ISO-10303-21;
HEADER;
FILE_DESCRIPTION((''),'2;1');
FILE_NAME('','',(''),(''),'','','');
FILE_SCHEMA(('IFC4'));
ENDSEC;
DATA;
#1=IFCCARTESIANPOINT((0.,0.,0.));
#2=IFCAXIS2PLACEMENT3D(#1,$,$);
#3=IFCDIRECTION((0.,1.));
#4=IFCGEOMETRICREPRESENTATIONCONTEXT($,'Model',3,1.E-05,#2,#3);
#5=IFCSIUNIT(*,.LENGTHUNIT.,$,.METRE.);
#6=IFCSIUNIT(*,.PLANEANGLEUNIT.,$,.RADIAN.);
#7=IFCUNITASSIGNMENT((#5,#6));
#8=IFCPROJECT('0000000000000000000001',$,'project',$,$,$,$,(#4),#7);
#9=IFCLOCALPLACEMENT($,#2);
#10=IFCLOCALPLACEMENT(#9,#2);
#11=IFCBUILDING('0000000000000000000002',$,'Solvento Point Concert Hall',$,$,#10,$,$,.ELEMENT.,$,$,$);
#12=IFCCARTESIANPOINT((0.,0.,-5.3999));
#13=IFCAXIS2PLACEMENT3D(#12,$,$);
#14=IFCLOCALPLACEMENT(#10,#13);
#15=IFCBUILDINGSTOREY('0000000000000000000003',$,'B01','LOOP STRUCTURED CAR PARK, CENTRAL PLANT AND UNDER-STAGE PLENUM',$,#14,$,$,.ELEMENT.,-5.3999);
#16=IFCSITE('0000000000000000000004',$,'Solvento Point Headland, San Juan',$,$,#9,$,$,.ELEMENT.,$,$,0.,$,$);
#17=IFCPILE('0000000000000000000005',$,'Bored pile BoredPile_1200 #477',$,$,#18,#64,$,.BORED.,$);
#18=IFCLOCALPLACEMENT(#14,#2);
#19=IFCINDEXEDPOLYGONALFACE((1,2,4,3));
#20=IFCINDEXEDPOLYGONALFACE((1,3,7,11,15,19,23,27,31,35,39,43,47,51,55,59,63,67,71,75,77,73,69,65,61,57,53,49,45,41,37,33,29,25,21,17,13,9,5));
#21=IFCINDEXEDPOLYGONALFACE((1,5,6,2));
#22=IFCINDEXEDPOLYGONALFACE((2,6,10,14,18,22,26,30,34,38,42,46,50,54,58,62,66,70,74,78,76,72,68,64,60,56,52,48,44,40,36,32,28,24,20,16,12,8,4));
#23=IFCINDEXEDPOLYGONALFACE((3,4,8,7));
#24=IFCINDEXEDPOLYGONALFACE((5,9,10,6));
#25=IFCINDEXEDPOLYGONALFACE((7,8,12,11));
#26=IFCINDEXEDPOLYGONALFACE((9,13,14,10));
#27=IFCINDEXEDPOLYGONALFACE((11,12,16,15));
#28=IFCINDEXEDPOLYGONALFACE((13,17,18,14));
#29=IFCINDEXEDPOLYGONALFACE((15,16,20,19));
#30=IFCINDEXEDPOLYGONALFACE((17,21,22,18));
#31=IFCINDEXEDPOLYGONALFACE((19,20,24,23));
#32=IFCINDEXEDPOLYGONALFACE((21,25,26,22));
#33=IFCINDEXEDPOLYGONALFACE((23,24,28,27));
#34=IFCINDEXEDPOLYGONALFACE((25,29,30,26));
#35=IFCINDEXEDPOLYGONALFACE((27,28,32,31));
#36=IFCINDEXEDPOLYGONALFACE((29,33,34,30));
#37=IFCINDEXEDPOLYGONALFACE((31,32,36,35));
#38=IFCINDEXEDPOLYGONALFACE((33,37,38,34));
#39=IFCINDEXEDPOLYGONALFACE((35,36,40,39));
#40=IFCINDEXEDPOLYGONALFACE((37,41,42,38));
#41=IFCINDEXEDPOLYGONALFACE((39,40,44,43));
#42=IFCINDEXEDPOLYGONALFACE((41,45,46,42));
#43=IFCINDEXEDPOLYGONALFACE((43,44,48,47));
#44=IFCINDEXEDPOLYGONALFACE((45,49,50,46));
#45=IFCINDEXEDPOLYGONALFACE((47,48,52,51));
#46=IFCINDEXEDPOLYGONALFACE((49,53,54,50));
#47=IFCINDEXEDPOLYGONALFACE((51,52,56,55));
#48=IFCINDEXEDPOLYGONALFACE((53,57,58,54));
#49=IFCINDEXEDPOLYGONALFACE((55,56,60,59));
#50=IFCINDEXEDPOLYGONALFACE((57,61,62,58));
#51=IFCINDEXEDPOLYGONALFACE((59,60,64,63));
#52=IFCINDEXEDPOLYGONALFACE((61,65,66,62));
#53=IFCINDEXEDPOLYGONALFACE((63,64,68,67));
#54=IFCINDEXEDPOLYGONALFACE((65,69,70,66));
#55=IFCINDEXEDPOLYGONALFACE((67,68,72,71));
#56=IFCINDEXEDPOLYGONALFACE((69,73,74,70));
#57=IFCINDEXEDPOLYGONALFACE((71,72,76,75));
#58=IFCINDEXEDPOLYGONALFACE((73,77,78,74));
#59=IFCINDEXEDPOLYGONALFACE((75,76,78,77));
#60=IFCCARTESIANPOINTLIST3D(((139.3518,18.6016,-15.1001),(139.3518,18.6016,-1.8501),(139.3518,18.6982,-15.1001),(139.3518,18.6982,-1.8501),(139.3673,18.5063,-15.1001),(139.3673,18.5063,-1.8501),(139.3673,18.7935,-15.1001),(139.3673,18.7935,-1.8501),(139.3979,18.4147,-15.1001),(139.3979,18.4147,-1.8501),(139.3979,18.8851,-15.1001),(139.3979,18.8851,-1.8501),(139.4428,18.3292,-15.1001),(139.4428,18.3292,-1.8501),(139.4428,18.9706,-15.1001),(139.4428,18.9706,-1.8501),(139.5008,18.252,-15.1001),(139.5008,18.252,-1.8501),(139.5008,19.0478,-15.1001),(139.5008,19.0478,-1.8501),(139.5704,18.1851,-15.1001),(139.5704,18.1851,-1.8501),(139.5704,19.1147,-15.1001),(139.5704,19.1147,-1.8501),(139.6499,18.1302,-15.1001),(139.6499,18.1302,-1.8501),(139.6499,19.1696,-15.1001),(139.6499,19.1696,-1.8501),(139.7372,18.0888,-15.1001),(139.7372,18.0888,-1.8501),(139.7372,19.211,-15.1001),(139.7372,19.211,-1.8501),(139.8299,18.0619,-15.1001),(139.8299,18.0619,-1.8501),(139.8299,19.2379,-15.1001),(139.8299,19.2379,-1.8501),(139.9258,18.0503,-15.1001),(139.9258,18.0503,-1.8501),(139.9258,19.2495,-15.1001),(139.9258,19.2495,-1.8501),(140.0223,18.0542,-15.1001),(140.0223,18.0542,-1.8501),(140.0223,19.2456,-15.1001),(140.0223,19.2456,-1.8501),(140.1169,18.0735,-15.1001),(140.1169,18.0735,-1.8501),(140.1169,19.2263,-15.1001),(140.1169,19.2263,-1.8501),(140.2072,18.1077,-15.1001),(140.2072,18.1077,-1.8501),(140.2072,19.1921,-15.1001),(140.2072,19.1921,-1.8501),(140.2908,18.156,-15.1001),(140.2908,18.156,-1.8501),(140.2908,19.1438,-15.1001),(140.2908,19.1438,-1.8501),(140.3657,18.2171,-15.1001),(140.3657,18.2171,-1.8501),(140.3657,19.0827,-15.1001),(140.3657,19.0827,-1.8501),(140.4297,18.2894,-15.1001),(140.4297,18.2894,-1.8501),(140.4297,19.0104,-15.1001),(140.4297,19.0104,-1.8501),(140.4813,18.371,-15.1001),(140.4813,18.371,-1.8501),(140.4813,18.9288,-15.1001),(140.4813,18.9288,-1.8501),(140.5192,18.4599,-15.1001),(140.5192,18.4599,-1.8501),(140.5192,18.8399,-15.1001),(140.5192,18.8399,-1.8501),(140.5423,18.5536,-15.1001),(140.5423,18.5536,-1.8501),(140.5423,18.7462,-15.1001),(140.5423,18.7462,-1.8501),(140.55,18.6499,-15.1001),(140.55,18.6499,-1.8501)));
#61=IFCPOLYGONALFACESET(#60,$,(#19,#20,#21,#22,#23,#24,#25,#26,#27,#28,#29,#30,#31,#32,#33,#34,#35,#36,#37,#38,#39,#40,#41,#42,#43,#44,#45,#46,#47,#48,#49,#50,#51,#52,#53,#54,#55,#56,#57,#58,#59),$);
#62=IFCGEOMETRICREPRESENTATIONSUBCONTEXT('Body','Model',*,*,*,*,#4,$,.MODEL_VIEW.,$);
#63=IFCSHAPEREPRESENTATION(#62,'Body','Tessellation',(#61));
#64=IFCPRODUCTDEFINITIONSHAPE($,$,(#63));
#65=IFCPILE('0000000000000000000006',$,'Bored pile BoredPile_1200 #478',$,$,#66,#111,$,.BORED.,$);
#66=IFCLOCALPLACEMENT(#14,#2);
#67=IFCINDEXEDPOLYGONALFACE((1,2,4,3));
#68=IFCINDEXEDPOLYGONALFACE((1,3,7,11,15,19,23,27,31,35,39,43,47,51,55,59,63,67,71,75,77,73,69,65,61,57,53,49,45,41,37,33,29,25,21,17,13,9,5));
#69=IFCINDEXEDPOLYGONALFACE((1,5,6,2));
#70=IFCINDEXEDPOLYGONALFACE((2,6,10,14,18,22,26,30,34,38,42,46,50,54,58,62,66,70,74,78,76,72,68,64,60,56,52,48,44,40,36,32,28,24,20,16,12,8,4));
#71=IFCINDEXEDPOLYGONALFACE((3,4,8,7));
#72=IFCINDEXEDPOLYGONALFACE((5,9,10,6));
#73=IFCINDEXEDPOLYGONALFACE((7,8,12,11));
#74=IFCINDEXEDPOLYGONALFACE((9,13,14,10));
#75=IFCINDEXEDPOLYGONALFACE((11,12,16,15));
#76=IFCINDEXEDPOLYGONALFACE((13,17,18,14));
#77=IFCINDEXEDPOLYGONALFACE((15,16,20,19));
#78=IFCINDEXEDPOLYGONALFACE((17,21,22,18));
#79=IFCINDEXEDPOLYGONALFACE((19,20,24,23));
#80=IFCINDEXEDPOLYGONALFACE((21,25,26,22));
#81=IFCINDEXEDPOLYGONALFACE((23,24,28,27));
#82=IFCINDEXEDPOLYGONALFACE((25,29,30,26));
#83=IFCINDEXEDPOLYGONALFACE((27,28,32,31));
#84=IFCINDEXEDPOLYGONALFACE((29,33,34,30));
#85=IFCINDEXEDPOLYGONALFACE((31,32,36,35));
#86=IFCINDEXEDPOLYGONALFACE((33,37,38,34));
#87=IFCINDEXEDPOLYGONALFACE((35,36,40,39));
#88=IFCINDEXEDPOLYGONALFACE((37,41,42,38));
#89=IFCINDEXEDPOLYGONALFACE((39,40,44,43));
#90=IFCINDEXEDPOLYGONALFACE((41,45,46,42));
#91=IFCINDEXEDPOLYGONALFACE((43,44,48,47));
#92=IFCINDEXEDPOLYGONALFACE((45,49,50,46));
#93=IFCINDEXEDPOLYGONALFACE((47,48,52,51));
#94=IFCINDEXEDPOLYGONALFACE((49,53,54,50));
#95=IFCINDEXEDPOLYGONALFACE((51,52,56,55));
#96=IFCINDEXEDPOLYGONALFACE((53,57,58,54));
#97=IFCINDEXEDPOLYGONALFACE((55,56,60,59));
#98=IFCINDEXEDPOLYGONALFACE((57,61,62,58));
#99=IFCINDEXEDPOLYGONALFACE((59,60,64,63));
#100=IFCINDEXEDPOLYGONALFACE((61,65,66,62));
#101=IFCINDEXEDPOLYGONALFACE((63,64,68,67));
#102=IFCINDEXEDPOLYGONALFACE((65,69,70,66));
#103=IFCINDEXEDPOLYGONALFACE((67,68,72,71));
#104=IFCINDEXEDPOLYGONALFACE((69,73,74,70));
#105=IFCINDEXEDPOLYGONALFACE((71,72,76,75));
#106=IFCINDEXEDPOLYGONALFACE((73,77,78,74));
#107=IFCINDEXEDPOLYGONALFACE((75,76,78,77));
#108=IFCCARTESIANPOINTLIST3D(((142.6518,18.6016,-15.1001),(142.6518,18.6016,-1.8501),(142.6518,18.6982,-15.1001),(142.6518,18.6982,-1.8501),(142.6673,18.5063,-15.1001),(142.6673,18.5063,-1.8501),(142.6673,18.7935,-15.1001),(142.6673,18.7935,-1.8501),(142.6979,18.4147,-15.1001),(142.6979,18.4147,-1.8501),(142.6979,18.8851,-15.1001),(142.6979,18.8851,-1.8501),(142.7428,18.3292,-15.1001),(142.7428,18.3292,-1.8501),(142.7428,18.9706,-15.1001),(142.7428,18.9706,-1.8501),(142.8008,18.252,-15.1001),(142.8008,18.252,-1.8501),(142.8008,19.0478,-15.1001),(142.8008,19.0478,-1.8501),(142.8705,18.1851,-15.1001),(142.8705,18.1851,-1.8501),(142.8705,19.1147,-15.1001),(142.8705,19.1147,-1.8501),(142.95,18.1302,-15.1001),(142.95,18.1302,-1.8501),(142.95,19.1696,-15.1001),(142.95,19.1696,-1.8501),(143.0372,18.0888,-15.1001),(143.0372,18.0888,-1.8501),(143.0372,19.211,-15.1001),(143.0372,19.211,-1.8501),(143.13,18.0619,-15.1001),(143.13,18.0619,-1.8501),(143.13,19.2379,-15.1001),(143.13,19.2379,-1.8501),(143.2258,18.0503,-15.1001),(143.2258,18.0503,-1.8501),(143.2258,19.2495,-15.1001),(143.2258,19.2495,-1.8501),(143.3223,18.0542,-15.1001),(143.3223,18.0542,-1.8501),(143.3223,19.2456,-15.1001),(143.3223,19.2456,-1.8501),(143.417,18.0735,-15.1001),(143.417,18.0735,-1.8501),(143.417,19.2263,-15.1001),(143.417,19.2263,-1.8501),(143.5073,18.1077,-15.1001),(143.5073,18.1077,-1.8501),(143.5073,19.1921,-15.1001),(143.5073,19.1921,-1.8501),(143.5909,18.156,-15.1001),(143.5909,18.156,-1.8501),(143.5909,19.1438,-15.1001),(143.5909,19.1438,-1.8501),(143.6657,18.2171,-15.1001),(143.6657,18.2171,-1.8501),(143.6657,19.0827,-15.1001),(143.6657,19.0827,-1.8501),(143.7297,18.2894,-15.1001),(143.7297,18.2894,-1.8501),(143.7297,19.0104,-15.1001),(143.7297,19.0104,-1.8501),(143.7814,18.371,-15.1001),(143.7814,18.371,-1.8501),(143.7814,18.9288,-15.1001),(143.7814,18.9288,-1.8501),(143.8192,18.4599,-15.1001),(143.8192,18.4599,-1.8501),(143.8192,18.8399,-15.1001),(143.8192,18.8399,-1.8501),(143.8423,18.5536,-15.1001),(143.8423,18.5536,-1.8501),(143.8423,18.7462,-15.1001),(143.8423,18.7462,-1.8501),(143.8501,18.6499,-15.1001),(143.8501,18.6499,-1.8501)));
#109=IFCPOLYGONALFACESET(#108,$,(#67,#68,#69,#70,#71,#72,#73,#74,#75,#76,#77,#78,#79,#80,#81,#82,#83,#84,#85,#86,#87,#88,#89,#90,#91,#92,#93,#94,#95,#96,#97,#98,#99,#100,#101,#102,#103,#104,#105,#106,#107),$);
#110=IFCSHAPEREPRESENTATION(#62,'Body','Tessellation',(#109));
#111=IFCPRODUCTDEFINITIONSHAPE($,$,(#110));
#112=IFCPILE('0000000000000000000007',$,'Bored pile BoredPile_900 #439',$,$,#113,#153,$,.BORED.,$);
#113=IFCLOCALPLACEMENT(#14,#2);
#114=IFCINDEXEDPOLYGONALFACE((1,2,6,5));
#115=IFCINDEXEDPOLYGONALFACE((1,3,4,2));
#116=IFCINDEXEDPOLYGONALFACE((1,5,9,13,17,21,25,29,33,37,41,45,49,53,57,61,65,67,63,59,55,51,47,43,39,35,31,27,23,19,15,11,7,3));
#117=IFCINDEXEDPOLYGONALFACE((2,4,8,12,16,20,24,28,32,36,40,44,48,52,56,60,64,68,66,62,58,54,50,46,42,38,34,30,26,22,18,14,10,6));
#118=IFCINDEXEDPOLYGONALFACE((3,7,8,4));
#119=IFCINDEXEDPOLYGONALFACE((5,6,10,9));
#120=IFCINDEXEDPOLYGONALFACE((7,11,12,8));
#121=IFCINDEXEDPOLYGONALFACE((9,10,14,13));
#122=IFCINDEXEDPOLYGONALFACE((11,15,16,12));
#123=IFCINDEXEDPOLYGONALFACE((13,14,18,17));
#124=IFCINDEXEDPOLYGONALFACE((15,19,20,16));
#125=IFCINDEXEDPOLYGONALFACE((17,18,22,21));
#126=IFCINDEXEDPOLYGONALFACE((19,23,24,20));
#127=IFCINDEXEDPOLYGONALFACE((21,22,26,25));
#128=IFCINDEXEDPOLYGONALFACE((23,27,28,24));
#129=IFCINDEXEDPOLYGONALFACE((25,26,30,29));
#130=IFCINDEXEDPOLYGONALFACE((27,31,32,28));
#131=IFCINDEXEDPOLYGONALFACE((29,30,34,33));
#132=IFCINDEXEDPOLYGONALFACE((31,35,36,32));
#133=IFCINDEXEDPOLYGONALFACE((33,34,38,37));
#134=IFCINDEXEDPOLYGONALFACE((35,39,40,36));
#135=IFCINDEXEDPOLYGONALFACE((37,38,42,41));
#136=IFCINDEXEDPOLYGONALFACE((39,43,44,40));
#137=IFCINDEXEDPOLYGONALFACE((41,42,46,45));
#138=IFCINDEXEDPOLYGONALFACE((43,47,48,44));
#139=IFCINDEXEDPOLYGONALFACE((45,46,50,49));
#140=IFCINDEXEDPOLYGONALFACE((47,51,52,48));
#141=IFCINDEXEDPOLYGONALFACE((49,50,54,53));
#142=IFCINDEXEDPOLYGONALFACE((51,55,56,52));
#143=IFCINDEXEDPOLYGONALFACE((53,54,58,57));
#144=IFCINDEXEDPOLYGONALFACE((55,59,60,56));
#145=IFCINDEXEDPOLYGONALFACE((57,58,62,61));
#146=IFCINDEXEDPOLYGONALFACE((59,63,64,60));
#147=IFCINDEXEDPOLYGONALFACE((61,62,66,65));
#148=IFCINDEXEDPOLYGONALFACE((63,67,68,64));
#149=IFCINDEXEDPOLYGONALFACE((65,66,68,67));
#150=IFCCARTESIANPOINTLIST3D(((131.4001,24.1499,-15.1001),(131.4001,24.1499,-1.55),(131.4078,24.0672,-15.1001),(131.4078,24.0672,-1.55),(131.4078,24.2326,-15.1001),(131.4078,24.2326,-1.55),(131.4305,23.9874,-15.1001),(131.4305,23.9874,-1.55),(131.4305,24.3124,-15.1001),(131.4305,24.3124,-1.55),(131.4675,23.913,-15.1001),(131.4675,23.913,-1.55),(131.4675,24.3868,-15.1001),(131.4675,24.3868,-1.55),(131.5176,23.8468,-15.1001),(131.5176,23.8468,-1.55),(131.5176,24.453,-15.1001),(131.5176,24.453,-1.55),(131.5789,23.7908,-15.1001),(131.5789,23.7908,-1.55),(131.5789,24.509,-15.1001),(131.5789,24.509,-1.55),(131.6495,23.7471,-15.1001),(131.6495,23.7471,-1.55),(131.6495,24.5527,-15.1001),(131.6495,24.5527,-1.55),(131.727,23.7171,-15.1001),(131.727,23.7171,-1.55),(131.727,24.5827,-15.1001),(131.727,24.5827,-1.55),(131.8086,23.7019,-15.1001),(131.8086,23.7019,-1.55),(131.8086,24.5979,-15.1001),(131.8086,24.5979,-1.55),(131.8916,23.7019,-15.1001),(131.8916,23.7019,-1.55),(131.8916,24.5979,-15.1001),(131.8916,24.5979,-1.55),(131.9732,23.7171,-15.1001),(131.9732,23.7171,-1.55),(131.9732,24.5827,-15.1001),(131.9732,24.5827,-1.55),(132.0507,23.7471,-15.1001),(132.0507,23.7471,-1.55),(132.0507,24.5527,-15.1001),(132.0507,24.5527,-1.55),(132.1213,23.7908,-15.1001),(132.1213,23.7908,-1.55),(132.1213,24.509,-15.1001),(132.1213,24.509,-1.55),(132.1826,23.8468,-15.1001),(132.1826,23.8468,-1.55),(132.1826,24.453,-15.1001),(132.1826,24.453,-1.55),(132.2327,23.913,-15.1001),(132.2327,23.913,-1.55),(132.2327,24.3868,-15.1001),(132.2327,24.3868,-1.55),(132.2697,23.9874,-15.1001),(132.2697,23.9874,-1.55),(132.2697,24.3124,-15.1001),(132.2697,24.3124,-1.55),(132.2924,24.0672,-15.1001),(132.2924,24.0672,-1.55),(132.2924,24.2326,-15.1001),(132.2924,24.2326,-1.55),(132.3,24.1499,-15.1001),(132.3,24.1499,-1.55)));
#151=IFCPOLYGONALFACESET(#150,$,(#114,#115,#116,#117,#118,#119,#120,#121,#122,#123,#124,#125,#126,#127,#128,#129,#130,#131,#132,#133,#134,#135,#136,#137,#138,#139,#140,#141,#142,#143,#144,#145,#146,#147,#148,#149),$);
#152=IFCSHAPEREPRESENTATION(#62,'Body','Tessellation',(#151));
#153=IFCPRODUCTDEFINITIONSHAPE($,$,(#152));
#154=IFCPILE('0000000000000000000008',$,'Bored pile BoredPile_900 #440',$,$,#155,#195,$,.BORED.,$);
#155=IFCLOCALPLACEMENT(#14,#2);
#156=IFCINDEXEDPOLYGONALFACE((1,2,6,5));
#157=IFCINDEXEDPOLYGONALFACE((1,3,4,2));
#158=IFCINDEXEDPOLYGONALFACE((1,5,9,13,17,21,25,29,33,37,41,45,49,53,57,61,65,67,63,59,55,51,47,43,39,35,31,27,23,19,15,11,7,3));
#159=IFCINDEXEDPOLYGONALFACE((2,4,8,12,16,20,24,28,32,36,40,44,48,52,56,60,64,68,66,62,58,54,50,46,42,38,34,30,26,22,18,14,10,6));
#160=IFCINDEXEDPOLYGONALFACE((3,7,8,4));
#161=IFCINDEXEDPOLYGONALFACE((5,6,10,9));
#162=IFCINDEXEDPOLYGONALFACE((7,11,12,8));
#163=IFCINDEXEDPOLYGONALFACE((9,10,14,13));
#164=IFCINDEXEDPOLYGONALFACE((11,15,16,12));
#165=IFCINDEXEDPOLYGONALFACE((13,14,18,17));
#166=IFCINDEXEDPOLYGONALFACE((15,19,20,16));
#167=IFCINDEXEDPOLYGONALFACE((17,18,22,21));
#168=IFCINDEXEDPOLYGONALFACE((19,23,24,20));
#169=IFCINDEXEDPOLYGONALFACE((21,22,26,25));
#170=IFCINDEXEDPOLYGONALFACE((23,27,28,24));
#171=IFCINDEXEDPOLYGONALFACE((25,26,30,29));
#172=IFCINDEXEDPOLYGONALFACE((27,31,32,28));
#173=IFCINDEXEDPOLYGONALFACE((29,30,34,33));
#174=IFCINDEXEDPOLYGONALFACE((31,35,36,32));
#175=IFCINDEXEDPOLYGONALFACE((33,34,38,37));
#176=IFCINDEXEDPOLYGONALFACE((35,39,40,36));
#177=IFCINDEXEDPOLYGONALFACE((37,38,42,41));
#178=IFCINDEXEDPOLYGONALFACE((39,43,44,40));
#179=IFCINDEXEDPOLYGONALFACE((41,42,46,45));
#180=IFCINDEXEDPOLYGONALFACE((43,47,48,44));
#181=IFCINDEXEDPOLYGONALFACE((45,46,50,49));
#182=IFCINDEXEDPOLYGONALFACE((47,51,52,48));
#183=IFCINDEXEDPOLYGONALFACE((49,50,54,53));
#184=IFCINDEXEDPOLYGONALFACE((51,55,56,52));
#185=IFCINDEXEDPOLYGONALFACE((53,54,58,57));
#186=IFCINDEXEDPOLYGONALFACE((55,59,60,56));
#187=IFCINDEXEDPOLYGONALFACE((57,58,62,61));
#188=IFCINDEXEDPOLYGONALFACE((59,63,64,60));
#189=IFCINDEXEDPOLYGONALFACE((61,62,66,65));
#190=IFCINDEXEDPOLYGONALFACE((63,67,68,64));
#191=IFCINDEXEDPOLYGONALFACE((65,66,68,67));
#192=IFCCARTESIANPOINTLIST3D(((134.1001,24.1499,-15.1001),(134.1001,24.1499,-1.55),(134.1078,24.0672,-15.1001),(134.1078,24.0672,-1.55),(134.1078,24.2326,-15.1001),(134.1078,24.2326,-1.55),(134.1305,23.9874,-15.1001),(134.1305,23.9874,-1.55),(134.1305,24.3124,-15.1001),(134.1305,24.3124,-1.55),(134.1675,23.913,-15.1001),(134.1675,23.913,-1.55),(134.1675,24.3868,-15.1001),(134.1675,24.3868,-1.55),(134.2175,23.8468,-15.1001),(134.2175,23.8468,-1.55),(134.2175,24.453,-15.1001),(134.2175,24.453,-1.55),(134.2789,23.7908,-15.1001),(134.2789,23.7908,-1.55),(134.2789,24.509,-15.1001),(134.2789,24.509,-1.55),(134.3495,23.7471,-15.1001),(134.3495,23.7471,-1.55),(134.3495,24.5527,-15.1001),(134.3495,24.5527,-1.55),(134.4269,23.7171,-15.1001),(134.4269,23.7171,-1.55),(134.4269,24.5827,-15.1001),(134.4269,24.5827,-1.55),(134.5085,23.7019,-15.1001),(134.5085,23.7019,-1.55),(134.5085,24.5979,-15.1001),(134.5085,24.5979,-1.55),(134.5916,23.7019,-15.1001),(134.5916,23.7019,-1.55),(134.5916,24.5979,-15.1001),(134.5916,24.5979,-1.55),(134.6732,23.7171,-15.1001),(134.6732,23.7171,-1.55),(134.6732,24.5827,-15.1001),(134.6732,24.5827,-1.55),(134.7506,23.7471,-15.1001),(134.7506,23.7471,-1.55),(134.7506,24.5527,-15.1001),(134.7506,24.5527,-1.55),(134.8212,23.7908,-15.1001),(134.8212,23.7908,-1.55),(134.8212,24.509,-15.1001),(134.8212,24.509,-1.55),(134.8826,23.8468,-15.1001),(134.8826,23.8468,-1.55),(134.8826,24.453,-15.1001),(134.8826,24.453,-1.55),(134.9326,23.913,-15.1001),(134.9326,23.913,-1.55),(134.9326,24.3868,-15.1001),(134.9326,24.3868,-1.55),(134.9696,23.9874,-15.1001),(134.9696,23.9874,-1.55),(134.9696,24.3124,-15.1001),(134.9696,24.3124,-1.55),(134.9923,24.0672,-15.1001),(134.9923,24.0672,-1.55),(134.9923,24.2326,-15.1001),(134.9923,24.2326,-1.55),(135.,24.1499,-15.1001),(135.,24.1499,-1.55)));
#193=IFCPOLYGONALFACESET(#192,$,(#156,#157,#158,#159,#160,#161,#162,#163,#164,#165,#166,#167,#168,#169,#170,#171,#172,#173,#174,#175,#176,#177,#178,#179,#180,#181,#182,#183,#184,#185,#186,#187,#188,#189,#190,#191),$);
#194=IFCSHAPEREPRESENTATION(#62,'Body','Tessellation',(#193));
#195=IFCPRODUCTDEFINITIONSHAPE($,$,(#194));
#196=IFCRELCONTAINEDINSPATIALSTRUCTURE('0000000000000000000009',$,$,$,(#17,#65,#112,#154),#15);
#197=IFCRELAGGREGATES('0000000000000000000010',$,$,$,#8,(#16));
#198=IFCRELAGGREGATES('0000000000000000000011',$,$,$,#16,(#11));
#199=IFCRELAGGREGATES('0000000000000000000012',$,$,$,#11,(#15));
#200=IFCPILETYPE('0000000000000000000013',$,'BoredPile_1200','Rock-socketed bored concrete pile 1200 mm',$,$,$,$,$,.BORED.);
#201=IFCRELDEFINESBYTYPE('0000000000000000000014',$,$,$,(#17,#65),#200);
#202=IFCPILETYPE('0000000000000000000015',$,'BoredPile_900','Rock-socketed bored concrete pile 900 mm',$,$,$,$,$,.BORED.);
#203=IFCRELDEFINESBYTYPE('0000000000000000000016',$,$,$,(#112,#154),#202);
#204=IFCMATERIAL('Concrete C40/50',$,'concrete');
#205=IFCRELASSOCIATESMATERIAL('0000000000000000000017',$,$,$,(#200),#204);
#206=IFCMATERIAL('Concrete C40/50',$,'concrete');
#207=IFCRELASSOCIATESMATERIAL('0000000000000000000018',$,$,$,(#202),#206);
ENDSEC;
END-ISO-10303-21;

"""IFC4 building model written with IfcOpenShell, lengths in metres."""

from ifc_helpers import new_model, si_unit, direction, frame, origin, origin_2d, place, context, subcontext, project, spatial, circle, extrude, material, material_profile, profile_set, type_object, element, save


model = new_model("IFC4")

# Units and contexts
model_context = context("Model", 3, precision=1e-05, world=origin(), true_north=direction((0.0, 1.0)))
body_context = subcontext(model_context, "Body", "Model", "MODEL_VIEW")
ifc_project = project(units=[si_unit("LENGTHUNIT", "METRE"), si_unit("PLANEANGLEUNIT", "RADIAN")], contexts=[model_context])

# Site, building, storey
site_placement = place(None, origin())
site = spatial("IfcSite", under=ifc_project, at=site_placement, Name="Solvento Point Headland, San Juan", CompositionType="ELEMENT", RefElevation=0.0)
building_placement = place(site_placement, origin())
building = spatial("IfcBuilding", under=site, at=building_placement, Name="Solvento Point Concert Hall", CompositionType="ELEMENT")
storey_placement = place(building_placement, frame((0.0, 0.0, -5.3999)))
storey = spatial("IfcBuildingStorey", under=building, at=storey_placement, Name="B01", Description="LOOP STRUCTURED CAR PARK, CENTRAL PLANT AND UNDER-STAGE PLENUM", CompositionType="ELEMENT", Elevation=-5.3999)

# Piles
ifc_material_1 = material(Name="Concrete C40/50", Category="concrete")
ifc_material_profile_1 = material_profile(ifc_material_1, circle(Radius=0.6001, at=origin_2d()), Name="BP-1200")
ifc_profile_set_1 = profile_set([ifc_material_profile_1], Name="Concrete C40/50")
pile_type_1 = type_object("IfcPileType", Name="BoredPile_1200", Description="Rock-socketed bored concrete pile 1200 mm", PredefinedType="BORED", material=ifc_profile_set_1)
for number, where, z_axis, x_axis, name in (
    (1, (139.95, 18.6499, -1.8501), (0.0, 0.0, -1.0), (1.0, 0.0, 0.0), "Bored pile BoredPile_1200 #477"),
    (2, (143.25, 18.6499, -1.8501), (0.0, 0.0, -1.0), (1.0, 0.0, 0.0), "Bored pile BoredPile_1200 #478"),
):
    element("IfcPile", number, at=place(storey_placement, frame(where, z_axis=z_axis, x_axis=x_axis)), inside=storey, type_object=pile_type_1, Name=name, PredefinedType="BORED", context=body_context, shape_type="SweptSolid", body=[
        extrude(circle(Radius=0.6001, at=origin_2d()), origin(), (0.0, 0.0, 1.0), 13.25),
    ])
ifc_material_2 = material(Name="Concrete C40/50", Category="concrete")
ifc_material_profile_2 = material_profile(ifc_material_2, circle(Radius=0.45, at=origin_2d()), Name="BP-900")
ifc_profile_set_2 = profile_set([ifc_material_profile_2], Name="Concrete C40/50")
pile_type_2 = type_object("IfcPileType", Name="BoredPile_900", Description="Rock-socketed bored concrete pile 900 mm", PredefinedType="BORED", material=ifc_profile_set_2)
for number, where, z_axis, x_axis, name in (
    (3, (131.8501, 24.1499, -1.55), (0.0, 0.0, -1.0), (1.0, 0.0, 0.0), "Bored pile BoredPile_900 #439"),
    (4, (134.55, 24.1499, -1.55), (0.0, 0.0, -1.0), (1.0, 0.0, 0.0), "Bored pile BoredPile_900 #440"),
):
    element("IfcPile", number, at=place(storey_placement, frame(where, z_axis=z_axis, x_axis=x_axis)), inside=storey, type_object=pile_type_2, Name=name, PredefinedType="BORED", context=body_context, shape_type="SweptSolid", body=[
        extrude(circle(Radius=0.45, at=origin_2d()), origin(), (0.0, 0.0, 1.0), 13.55),
    ])

save(model, "model.ifc")
